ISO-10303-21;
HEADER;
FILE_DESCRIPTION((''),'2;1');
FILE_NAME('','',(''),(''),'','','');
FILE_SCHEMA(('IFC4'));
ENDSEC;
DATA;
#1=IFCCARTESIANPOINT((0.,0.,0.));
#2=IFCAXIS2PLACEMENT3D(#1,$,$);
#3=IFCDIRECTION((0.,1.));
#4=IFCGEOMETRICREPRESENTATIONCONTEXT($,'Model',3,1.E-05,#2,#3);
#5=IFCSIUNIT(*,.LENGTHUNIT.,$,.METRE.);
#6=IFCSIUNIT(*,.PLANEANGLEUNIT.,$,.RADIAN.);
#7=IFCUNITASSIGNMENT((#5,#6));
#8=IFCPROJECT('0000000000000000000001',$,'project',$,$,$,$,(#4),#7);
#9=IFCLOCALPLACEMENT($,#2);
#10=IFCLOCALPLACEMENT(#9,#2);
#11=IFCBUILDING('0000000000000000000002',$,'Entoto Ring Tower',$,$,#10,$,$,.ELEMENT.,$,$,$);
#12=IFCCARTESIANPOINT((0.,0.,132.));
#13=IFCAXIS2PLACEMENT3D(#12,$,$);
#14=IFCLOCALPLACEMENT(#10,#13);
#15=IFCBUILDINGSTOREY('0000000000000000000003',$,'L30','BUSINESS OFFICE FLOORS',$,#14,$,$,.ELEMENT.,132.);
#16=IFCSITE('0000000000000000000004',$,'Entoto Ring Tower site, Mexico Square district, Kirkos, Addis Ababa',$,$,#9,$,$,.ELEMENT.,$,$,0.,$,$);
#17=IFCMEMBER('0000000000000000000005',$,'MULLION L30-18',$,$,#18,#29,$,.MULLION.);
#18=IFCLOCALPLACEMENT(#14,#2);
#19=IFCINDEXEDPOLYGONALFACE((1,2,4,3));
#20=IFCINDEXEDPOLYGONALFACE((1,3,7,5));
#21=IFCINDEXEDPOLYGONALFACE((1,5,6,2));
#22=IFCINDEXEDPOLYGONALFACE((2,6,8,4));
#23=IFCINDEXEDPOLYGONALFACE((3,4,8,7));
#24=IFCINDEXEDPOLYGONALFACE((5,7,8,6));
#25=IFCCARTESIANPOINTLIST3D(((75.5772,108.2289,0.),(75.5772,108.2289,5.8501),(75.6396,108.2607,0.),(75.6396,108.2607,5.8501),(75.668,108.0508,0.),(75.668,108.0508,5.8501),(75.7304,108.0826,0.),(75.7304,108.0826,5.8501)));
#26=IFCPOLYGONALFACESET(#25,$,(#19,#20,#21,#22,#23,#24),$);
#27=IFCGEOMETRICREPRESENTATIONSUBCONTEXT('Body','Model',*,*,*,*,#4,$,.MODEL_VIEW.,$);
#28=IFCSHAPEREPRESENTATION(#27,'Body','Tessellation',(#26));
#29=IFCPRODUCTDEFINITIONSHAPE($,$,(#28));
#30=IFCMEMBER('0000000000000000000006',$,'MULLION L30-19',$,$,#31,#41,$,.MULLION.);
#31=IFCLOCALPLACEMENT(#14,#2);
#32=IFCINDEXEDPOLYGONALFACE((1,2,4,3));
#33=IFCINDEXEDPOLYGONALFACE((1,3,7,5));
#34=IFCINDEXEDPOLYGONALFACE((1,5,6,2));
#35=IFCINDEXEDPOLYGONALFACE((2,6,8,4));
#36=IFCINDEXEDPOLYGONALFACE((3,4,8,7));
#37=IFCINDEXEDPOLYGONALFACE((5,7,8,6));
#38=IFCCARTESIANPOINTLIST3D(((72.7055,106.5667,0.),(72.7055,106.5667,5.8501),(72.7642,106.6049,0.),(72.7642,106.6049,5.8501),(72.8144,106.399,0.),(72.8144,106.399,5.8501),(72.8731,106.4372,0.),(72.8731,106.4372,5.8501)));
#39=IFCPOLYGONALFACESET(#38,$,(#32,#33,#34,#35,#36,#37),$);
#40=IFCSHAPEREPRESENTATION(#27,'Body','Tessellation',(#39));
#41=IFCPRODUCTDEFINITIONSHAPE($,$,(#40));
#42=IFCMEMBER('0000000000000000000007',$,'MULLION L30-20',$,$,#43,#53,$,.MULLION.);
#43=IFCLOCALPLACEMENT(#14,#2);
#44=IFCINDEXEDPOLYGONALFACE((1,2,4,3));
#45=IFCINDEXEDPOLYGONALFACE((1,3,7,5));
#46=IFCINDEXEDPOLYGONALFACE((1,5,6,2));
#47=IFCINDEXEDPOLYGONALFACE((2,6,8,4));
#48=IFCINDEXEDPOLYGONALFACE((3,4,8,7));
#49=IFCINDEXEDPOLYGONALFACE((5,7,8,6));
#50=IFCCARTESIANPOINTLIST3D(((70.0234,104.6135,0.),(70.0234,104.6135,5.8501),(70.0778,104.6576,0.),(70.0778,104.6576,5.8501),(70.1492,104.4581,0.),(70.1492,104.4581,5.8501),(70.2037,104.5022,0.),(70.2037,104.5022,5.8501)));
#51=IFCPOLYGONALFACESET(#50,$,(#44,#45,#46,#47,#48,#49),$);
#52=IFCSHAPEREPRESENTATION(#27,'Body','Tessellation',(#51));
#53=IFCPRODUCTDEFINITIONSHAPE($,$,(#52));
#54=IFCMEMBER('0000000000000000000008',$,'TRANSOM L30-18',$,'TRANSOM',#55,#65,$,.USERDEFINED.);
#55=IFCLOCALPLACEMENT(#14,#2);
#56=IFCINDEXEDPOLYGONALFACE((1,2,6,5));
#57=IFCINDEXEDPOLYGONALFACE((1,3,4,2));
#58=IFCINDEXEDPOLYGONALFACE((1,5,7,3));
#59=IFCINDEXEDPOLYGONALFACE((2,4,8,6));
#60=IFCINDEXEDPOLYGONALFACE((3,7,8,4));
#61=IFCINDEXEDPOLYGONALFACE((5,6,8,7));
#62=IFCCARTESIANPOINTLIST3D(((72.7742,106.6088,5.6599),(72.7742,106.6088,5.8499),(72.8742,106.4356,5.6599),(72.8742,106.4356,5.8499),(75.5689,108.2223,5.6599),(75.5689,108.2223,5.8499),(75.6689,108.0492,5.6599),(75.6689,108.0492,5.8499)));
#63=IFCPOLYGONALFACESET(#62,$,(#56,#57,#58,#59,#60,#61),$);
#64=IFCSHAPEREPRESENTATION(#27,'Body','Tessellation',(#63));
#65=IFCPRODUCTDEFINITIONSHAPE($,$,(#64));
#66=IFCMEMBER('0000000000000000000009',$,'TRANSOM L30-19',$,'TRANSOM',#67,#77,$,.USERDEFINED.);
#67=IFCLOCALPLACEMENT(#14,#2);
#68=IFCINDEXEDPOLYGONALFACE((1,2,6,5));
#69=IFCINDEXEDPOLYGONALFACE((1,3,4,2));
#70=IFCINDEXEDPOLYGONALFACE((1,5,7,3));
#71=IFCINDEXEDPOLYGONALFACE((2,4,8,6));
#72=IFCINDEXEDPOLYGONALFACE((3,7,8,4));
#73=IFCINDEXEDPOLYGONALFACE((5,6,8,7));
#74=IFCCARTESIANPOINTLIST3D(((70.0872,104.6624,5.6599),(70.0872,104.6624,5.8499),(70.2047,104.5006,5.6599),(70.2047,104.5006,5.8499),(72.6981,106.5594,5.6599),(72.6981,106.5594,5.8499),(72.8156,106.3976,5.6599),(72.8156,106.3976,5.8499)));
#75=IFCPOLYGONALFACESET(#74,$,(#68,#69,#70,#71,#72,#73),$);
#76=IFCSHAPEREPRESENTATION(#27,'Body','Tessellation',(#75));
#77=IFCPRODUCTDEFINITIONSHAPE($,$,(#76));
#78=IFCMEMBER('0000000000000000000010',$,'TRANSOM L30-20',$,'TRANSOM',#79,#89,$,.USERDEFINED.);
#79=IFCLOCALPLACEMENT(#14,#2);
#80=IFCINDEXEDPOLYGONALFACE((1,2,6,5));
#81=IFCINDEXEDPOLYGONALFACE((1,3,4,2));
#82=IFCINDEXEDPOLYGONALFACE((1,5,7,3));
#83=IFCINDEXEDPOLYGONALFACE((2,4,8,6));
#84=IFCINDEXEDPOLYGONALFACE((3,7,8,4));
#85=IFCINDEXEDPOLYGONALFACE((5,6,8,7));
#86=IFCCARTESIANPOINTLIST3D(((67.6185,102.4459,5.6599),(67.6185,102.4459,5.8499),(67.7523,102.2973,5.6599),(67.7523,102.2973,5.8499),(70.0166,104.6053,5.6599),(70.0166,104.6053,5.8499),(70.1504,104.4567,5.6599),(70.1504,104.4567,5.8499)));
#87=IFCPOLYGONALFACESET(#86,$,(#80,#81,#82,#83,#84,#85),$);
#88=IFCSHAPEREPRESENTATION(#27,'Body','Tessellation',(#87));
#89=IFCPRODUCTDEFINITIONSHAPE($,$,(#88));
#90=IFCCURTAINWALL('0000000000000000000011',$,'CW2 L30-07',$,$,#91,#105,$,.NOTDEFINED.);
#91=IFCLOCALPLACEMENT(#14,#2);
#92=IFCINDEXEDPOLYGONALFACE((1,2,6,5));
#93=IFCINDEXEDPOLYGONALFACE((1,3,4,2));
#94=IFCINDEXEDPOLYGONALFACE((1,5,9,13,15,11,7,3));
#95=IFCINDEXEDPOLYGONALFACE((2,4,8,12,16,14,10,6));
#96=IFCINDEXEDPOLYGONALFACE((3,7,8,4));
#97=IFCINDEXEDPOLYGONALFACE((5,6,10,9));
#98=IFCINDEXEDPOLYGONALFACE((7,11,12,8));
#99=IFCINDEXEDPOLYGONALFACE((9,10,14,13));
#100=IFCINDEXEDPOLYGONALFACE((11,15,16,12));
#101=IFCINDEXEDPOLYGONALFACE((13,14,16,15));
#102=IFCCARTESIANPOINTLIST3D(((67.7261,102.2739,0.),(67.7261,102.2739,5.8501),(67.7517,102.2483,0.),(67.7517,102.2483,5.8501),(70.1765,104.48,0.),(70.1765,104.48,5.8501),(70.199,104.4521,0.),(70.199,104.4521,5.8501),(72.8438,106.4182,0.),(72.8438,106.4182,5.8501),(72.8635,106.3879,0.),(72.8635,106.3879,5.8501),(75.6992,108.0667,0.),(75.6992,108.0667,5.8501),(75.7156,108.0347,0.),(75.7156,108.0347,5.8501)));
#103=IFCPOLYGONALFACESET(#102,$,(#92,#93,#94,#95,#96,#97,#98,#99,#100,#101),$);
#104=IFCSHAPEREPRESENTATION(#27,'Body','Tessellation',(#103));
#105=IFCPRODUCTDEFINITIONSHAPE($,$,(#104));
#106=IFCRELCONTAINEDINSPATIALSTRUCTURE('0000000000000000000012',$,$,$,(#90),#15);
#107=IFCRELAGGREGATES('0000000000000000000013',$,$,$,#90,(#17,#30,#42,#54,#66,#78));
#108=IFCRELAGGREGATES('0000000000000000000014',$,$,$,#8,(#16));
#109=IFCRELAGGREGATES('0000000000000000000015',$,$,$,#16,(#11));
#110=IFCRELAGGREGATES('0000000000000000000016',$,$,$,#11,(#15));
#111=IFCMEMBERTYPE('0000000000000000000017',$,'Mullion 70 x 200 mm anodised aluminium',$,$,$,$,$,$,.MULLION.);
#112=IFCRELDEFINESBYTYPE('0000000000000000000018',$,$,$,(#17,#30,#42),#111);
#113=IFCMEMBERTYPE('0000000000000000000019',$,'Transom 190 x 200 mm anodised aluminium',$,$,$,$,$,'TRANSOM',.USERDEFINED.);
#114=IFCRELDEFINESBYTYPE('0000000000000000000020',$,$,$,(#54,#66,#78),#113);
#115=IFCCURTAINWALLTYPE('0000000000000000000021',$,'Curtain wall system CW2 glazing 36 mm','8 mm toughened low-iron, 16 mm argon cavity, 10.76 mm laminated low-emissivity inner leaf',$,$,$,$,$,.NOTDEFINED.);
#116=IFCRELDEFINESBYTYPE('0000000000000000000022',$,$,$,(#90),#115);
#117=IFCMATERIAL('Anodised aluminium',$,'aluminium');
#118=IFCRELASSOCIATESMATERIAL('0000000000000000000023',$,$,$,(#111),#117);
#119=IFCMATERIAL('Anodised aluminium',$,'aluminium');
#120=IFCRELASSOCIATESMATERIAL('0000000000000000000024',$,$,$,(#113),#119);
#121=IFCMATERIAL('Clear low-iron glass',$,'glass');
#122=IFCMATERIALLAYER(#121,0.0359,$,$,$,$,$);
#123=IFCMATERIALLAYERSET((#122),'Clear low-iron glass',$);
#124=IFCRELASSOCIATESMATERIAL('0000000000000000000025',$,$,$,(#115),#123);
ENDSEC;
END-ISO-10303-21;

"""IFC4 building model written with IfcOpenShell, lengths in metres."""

from ifc_helpers import new_model, si_unit, direction, frame, origin, origin_2d, place, context, subcontext, project, spatial, polyline, rectangle, outline, extrude, material, layer, layer_set, material_profile, profile_set, type_object, element, aggregate, save


model = new_model("IFC4")

# Units and contexts
model_context = context("Model", 3, precision=1e-05, world=origin(), true_north=direction((0.0, 1.0)))
body_context = subcontext(model_context, "Body", "Model", "MODEL_VIEW")
ifc_project = project(units=[si_unit("LENGTHUNIT", "METRE"), si_unit("PLANEANGLEUNIT", "RADIAN")], contexts=[model_context])

# Members
ifc_material_1 = material(Name="Anodised aluminium", Category="aluminium")
ifc_material_profile_1 = material_profile(ifc_material_1, rectangle(XDim=0.0701, YDim=0.2, at=origin_2d()), Name="Mullion 70 x 200 mm anodised aluminium")
ifc_profile_set_1 = profile_set([ifc_material_profile_1], Name="Anodised aluminium")
member_type_1 = type_object("IfcMemberType", Name="Mullion 70 x 200 mm anodised aluminium", PredefinedType="MULLION", material=ifc_profile_set_1)
site_placement = place(None, origin())
building_placement = place(site_placement, origin())
storey_placement = place(building_placement, frame((0.0, 0.0, 132.0)))
member_1_placement = place(storey_placement, frame((75.6538, 108.1558, 0.0), z_axis=(0.0, 0.0, 1.0), x_axis=(-0.891007, -0.45399, 0.0)))
member_1 = element("IfcMember", 1, at=member_1_placement, type_object=member_type_1, Name="MULLION L30-18", PredefinedType="MULLION", context=body_context, shape_type="SweptSolid", body=[
    extrude(rectangle(XDim=0.0701, YDim=0.2, at=origin_2d()), origin(), (0.0, 0.0, 1.0), 5.8501),
])
member_2_placement = place(storey_placement, frame((72.7893, 106.502, 0.0), z_axis=(0.0, 0.0, 1.0), x_axis=(-0.838671, -0.544639, 0.0)))
member_2 = element("IfcMember", 2, at=member_2_placement, type_object=member_type_1, Name="MULLION L30-19", PredefinedType="MULLION", context=body_context, shape_type="SweptSolid", body=[
    extrude(rectangle(XDim=0.0701, YDim=0.2, at=origin_2d()), origin(), (0.0, 0.0, 1.0), 5.8501),
])
member_3_placement = place(storey_placement, frame((70.1135, 104.5579, 0.0), z_axis=(0.0, 0.0, 1.0), x_axis=(-0.777146, -0.62932, 0.0)))
member_3 = element("IfcMember", 3, at=member_3_placement, type_object=member_type_1, Name="MULLION L30-20", PredefinedType="MULLION", context=body_context, shape_type="SweptSolid", body=[
    extrude(rectangle(XDim=0.0701, YDim=0.2, at=origin_2d()), origin(), (0.0, 0.0, 1.0), 5.8501),
])
ifc_material_2 = material(Name="Anodised aluminium", Category="aluminium")
ifc_material_profile_2 = material_profile(ifc_material_2, rectangle(XDim=0.2, YDim=0.1899, at=origin_2d()), Name="Transom 190 x 200 mm anodised aluminium")
ifc_profile_set_2 = profile_set([ifc_material_profile_2], Name="Anodised aluminium")
member_type_2 = type_object("IfcMemberType", Name="Transom 190 x 200 mm anodised aluminium", ElementType="TRANSOM", PredefinedType="USERDEFINED", material=ifc_profile_set_2)
member_4_placement = place(storey_placement, frame((75.6189, 108.1357, 5.7549), z_axis=(-0.866023, -0.500004, 0.0), x_axis=(0.500004, -0.866023, 0.0)))
member_4 = element("IfcMember", 4, at=member_4_placement, type_object=member_type_2, Name="TRANSOM L30-18", ObjectType="TRANSOM", PredefinedType="USERDEFINED", context=body_context, shape_type="SweptSolid", body=[
    extrude(rectangle(XDim=0.2, YDim=0.1899, at=origin_2d()), origin(), (0.0, 0.0, 1.0), 3.2271),
])
member_5_placement = place(storey_placement, frame((72.7568, 106.4785, 5.7549), z_axis=(-0.809004, -0.587803, 0.0), x_axis=(0.587803, -0.809004, 0.0)))
member_5 = element("IfcMember", 5, at=member_5_placement, type_object=member_type_2, Name="TRANSOM L30-19", ObjectType="TRANSOM", PredefinedType="USERDEFINED", context=body_context, shape_type="SweptSolid", body=[
    extrude(rectangle(XDim=0.2, YDim=0.1899, at=origin_2d()), origin(), (0.0, 0.0, 1.0), 3.2273),
])
member_6_placement = place(storey_placement, frame((70.0835, 104.531, 5.7549), z_axis=(-0.743132, -0.669144, 0.0), x_axis=(0.669144, -0.743132, 0.0)))
member_6 = element("IfcMember", 6, at=member_6_placement, type_object=member_type_2, Name="TRANSOM L30-20", ObjectType="TRANSOM", PredefinedType="USERDEFINED", context=body_context, shape_type="SweptSolid", body=[
    extrude(rectangle(XDim=0.2, YDim=0.1899, at=origin_2d()), origin(), (0.0, 0.0, 1.0), 3.2271),
])

# Site, building, storey
site = spatial("IfcSite", under=ifc_project, at=site_placement, Name="Entoto Ring Tower site, Mexico Square district, Kirkos, Addis Ababa", CompositionType="ELEMENT", RefElevation=0.0)
building = spatial("IfcBuilding", under=site, at=building_placement, Name="Entoto Ring Tower", CompositionType="ELEMENT")
storey = spatial("IfcBuildingStorey", under=building, at=storey_placement, Name="L30", Description="BUSINESS OFFICE FLOORS", CompositionType="ELEMENT", Elevation=132.0)

# Curtain wall
ifc_material_3 = material(Name="Clear low-iron glass", Category="glass")
ifc_layer = layer(ifc_material_3, 0.0359)
ifc_layer_set = layer_set([ifc_layer], Name="Clear low-iron glass")
curtain_wall_type = type_object("IfcCurtainWallType", Name="Curtain wall system CW2 glazing 36 mm", Description="8 mm toughened low-iron, 16 mm argon cavity, 10.76 mm laminated low-emissivity inner leaf", PredefinedType="NOTDEFINED", material=ifc_layer_set)
curtain_wall_1_placement = place(storey_placement, origin())
curtain_wall_1 = element("IfcCurtainWall", 7, at=curtain_wall_1_placement, inside=storey, type_object=curtain_wall_type, Name="CW2 L30-07", PredefinedType="NOTDEFINED", context=body_context, shape_type="SweptSolid", body=[
    extrude(outline(polyline([(75.6992, 108.0667), (72.8438, 106.4182), (70.1765, 104.48), (67.7261, 102.2739), (67.7517, 102.2483), (70.199, 104.4521), (72.8635, 106.3879), (75.7156, 108.0347), (75.6992, 108.0667)])), origin(), (0.0, 0.0, 1.0), 5.8501),
])
aggregate(curtain_wall_1, [member_1, member_2, member_3, member_4, member_5, member_6])

save(model, "model.ifc")
